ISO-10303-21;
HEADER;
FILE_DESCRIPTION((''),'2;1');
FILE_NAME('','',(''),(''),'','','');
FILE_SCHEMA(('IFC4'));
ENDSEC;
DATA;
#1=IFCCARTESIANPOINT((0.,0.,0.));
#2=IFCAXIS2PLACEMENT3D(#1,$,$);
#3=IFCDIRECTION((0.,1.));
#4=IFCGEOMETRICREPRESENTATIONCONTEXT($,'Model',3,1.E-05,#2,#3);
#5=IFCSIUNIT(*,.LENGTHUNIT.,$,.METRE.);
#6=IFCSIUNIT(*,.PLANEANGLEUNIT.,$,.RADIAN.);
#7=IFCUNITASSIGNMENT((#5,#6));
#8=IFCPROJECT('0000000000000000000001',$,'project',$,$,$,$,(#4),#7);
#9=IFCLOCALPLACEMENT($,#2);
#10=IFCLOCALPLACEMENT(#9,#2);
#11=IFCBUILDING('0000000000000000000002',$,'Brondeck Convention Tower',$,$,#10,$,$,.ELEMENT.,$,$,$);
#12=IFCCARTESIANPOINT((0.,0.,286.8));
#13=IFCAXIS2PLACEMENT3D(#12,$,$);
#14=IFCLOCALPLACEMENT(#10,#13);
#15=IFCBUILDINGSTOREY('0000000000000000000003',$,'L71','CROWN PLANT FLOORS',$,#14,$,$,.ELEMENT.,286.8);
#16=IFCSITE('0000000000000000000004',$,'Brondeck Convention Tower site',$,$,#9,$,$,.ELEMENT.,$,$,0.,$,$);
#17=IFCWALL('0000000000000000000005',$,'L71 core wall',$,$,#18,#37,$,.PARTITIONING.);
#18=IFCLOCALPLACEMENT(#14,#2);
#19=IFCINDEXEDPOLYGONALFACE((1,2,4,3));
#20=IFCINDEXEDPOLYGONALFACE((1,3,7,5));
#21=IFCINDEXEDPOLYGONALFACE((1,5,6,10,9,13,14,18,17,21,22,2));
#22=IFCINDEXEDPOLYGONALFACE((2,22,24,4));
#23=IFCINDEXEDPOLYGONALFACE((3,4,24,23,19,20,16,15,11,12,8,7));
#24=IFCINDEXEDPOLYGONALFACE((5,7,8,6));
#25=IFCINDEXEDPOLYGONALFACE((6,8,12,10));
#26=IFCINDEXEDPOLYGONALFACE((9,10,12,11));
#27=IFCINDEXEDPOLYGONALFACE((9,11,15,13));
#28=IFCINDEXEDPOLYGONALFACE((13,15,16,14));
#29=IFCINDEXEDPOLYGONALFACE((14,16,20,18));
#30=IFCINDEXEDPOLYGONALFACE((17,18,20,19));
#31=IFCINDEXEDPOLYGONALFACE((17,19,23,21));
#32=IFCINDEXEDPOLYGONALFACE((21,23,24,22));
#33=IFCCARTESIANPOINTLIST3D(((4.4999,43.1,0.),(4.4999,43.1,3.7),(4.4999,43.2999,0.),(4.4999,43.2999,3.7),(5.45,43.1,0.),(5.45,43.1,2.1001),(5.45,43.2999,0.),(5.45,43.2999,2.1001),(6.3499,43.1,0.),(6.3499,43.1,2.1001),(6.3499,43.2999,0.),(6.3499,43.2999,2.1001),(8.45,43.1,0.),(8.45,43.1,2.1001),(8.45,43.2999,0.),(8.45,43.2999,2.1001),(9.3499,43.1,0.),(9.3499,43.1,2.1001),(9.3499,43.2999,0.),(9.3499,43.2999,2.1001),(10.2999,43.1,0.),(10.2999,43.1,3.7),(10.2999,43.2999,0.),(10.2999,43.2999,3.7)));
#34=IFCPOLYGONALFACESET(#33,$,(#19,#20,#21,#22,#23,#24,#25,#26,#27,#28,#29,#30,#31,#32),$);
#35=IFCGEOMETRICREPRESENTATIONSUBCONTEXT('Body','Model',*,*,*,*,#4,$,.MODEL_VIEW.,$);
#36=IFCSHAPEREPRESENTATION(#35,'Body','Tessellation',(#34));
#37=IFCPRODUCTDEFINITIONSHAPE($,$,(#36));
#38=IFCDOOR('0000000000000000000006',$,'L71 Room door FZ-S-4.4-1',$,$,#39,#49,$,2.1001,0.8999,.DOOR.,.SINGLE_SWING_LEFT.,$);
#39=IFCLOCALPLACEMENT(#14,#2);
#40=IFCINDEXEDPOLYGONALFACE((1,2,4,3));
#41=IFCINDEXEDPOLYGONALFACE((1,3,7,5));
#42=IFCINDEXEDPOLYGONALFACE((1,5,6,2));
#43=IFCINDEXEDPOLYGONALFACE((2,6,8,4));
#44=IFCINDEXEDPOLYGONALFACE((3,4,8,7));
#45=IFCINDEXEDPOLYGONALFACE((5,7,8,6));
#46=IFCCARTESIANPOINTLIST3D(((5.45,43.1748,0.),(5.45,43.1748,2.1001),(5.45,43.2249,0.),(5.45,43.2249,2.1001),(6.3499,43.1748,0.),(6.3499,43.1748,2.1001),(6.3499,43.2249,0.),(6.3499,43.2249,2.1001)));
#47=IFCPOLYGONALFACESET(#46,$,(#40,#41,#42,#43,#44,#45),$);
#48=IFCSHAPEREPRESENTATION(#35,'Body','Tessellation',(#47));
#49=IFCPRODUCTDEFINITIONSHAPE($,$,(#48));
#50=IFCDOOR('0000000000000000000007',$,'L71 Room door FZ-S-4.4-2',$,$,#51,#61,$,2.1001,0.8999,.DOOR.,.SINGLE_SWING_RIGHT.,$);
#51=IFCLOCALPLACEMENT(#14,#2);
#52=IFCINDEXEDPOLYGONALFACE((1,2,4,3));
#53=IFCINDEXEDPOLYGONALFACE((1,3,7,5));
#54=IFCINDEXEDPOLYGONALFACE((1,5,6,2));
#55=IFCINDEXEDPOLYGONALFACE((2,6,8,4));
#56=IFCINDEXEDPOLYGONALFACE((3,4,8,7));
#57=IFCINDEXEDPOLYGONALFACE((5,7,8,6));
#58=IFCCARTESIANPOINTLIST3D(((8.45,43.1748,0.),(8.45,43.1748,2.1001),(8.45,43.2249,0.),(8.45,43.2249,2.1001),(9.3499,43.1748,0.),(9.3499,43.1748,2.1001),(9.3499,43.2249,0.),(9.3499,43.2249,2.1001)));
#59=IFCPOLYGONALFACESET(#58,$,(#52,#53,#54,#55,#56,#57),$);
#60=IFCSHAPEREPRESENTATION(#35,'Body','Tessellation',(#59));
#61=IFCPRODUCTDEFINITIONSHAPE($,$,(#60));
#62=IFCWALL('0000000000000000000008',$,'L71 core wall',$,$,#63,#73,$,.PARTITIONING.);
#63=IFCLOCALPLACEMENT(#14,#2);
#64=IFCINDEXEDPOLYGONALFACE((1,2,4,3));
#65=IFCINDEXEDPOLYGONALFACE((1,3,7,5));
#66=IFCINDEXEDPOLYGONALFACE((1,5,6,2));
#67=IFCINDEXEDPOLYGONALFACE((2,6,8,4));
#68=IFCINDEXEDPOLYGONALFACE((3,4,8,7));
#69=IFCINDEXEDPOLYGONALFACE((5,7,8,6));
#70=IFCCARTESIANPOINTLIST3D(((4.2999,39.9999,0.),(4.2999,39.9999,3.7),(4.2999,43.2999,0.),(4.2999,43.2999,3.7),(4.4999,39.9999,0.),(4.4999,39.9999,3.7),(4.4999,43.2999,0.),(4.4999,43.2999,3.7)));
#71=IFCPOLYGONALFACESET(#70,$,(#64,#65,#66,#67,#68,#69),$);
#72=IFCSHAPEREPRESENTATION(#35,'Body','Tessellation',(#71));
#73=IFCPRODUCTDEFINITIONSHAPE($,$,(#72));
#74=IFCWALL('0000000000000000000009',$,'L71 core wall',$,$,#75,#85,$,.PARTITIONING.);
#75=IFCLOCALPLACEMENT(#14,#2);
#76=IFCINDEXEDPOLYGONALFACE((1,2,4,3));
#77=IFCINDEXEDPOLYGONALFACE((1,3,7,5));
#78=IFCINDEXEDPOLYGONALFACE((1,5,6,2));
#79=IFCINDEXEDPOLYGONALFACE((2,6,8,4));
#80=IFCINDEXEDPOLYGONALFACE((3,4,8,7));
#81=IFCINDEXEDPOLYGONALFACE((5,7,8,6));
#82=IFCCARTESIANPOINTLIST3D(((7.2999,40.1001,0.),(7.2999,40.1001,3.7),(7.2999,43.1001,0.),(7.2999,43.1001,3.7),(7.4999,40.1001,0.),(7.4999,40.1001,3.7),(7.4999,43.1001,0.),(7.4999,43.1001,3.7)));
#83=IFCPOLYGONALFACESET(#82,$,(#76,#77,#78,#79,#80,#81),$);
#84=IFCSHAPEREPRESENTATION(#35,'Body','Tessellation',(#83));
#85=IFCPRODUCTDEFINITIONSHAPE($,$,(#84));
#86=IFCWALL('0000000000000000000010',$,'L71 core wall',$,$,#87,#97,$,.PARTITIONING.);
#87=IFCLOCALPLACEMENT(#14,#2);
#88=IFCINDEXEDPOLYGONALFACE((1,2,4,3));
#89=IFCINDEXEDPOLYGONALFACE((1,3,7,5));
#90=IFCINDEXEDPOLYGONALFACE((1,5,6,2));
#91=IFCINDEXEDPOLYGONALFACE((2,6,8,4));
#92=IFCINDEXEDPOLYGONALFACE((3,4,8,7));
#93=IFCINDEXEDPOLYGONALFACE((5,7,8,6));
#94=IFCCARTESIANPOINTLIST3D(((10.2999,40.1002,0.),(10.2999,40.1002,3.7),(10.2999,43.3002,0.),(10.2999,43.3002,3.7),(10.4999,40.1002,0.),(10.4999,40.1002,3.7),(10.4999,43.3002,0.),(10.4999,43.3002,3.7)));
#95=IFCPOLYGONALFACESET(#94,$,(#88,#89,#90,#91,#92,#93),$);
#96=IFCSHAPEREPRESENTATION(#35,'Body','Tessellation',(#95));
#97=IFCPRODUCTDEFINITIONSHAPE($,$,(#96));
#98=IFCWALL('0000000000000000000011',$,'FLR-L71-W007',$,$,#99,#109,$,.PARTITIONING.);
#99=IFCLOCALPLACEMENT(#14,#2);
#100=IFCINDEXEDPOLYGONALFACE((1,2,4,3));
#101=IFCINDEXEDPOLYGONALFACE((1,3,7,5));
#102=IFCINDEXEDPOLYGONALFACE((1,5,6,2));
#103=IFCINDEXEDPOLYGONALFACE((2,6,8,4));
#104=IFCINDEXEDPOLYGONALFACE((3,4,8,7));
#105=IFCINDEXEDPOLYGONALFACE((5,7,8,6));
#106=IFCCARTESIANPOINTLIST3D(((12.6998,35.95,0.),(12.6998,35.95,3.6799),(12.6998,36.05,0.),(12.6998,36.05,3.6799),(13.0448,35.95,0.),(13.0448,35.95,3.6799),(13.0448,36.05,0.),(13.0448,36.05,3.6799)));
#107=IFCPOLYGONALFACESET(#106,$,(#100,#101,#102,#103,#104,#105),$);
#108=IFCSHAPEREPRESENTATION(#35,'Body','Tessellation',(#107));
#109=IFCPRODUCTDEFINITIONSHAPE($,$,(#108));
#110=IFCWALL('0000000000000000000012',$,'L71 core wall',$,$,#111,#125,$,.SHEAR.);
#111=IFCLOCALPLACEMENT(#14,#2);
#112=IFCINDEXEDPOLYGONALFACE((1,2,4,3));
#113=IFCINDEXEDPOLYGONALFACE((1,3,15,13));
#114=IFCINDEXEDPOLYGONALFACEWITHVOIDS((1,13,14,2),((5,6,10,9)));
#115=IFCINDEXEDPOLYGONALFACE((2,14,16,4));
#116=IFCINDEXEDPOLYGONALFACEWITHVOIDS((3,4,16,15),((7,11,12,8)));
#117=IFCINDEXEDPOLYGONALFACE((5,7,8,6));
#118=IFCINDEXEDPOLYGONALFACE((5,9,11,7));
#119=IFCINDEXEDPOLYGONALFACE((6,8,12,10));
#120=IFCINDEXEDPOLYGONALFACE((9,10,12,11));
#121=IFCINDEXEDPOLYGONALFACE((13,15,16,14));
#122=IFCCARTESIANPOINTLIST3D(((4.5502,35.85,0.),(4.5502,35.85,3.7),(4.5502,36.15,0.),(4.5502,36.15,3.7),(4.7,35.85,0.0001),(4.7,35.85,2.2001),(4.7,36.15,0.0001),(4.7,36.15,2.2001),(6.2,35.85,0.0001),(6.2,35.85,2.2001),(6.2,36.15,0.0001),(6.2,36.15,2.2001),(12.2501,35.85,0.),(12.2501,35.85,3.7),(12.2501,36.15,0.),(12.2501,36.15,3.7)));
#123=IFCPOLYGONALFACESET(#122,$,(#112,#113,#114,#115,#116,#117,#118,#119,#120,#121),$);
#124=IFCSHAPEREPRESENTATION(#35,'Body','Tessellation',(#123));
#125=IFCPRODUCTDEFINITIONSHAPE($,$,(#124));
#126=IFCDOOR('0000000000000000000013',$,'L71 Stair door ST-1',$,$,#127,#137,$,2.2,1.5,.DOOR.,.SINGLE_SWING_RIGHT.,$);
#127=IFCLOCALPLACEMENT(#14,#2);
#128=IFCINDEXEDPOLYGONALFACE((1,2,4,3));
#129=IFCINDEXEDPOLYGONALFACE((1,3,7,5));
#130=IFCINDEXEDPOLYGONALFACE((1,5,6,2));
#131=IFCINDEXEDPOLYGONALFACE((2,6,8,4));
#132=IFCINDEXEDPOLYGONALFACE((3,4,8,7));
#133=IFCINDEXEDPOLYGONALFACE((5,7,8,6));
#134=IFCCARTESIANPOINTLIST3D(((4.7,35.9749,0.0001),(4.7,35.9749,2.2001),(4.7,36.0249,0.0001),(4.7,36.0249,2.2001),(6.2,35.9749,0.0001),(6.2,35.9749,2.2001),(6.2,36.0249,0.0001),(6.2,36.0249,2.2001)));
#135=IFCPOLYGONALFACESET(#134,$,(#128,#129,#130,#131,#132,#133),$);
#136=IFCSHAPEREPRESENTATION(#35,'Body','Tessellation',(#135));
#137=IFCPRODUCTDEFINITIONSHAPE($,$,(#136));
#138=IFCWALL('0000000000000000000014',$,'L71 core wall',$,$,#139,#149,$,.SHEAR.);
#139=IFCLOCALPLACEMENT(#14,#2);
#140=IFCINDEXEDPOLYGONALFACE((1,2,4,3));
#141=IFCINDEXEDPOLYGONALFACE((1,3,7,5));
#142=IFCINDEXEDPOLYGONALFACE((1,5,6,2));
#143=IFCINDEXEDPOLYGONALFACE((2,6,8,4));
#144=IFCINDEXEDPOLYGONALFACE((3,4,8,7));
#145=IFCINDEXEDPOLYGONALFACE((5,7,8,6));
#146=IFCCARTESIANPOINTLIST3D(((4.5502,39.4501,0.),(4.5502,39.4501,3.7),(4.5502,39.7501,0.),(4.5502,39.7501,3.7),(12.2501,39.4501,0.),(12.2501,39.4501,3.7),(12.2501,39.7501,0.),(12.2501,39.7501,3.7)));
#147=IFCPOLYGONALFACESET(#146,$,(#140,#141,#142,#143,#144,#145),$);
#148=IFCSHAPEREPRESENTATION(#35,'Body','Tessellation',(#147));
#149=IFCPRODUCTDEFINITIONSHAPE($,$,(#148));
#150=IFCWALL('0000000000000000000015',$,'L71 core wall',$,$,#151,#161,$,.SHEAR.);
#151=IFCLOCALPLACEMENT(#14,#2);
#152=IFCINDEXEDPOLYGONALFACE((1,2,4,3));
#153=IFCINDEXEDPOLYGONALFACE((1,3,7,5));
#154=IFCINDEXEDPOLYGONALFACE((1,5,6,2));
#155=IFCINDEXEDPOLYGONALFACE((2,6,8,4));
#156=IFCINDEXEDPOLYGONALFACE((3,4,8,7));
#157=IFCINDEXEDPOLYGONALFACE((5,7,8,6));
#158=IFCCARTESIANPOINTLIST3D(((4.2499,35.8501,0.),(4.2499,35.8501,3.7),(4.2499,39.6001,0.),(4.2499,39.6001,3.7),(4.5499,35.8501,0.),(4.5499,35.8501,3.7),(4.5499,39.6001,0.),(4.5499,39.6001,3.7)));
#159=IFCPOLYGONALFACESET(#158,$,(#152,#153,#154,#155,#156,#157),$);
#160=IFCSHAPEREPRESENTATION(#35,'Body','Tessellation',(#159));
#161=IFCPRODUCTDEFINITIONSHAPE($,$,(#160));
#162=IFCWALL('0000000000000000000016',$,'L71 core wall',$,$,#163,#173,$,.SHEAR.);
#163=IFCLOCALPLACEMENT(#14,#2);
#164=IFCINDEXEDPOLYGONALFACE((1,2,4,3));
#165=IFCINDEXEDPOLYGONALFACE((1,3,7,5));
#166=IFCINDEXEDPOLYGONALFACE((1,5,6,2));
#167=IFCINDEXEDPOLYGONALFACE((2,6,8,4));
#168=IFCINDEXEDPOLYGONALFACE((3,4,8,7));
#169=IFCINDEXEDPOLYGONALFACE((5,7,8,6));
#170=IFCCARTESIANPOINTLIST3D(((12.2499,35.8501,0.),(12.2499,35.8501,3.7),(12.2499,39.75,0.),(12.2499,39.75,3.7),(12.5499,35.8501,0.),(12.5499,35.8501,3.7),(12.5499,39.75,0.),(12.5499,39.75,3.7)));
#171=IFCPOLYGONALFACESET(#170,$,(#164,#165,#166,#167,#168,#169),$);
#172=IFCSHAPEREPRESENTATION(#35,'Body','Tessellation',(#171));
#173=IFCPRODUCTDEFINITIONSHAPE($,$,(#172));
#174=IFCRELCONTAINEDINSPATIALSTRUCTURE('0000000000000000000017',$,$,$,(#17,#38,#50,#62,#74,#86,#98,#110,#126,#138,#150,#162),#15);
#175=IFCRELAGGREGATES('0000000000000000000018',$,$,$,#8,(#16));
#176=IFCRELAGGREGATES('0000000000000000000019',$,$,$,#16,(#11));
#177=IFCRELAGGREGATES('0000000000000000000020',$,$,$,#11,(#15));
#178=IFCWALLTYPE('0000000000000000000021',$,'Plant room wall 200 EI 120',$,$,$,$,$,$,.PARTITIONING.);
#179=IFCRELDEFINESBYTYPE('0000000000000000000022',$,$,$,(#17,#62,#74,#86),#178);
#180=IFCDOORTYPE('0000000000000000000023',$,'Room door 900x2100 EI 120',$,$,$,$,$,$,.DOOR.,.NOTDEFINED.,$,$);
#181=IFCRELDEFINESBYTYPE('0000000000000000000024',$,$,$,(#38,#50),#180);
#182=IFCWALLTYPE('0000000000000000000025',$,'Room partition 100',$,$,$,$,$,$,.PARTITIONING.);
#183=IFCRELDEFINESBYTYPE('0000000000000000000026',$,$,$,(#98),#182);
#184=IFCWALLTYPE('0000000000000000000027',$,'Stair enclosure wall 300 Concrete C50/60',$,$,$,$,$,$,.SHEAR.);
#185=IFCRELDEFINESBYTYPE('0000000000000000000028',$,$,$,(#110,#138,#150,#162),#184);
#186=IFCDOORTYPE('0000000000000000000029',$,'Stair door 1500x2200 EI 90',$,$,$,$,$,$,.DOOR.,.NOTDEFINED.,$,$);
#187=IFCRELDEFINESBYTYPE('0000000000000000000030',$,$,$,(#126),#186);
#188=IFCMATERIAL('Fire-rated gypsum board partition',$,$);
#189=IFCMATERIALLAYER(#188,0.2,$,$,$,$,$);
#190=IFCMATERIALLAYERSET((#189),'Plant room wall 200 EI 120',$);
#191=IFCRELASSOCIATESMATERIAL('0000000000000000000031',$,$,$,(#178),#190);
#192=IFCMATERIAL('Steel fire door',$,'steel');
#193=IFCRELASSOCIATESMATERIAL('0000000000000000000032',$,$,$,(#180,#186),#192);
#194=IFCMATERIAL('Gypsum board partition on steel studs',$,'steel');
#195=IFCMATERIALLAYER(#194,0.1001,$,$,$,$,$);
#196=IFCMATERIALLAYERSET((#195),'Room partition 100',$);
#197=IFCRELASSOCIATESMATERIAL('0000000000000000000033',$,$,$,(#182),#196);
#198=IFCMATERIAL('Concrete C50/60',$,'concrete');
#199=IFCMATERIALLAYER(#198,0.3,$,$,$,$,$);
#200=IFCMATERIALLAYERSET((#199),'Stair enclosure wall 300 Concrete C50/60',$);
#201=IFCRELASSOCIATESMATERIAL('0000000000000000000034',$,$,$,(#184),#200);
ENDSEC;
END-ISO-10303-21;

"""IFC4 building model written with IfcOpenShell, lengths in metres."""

from ifc_helpers import new_model, si_unit, direction, frame, frame_2d, origin, place, context, subcontext, project, spatial, rectangle, extrude, material, layer, layer_set, type_object, element, fill, save


model = new_model("IFC4")

# Units and contexts
model_context = context("Model", 3, precision=1e-05, world=origin(), true_north=direction((0.0, 1.0)))
body_context = subcontext(model_context, "Body", "Model", "MODEL_VIEW")
ifc_project = project(units=[si_unit("LENGTHUNIT", "METRE"), si_unit("PLANEANGLEUNIT", "RADIAN")], contexts=[model_context])

# Site, building, storey
site_placement = place(None, origin())
site = spatial("IfcSite", under=ifc_project, at=site_placement, Name="Brondeck Convention Tower site", CompositionType="ELEMENT", RefElevation=0.0)
building_placement = place(site_placement, origin())
building = spatial("IfcBuilding", under=site, at=building_placement, Name="Brondeck Convention Tower", CompositionType="ELEMENT")
storey_placement = place(building_placement, frame((0.0, 0.0, 286.8)))
storey = spatial("IfcBuildingStorey", under=building, at=storey_placement, Name="L71", Description="CROWN PLANT FLOORS", CompositionType="ELEMENT", Elevation=286.8)

# Shared definitions
ifc_material_1 = material(Name="Concrete C50/60", Category="concrete")

# Shared definitions
ifc_material_2 = material(Name="Fire-rated gypsum board partition")
ifc_layer_1 = layer(ifc_material_2, 0.2)
ifc_layer_set_1 = layer_set([ifc_layer_1], Name="Plant room wall 200 EI 120")
wall_type_1 = type_object("IfcWallType", Name="Plant room wall 200 EI 120", PredefinedType="PARTITIONING", material=ifc_layer_set_1)

# Wall, openings, doors
wall_1_placement = place(storey_placement, frame((4.5, 43.2, 0.0), z_axis=(0.0, 0.0, 1.0), x_axis=(1.0, 0.0, 0.0)))
wall_1 = element("IfcWall", 1, at=wall_1_placement, inside=storey, type_object=wall_type_1, Name="L71 core wall", PredefinedType="PARTITIONING", context=body_context, shape_type="SweptSolid", body=[
    extrude(rectangle(XDim=5.8, YDim=0.2, at=frame_2d((2.8999, 0.0))), origin(), (0.0, 0.0, 1.0), 3.7),
])
opening_1_placement = place(wall_1_placement, frame((0.95, 0.0, 0.0)))
opening_1 = element("IfcOpeningElement", 2, at=opening_1_placement, cuts=wall_1, PredefinedType="OPENING", context=body_context, shape_type="SweptSolid", body=[
    extrude(rectangle(XDim=0.8999, YDim=2.1001, at=frame_2d((0.45, 1.05))), frame((0.0, 0.1099, 0.0), z_axis=(0.0, -1.0, 0.0), x_axis=(1.0, 0.0, 0.0)), (0.0, 0.0, 1.0), 0.22),
])
opening_2_placement = place(wall_1_placement, frame((3.95, 0.0, 0.0)))
opening_2 = element("IfcOpeningElement", 3, at=opening_2_placement, cuts=wall_1, PredefinedType="OPENING", context=body_context, shape_type="SweptSolid", body=[
    extrude(rectangle(XDim=0.8999, YDim=2.1001, at=frame_2d((0.45, 1.05))), frame((0.0, 0.1099, 0.0), z_axis=(0.0, -1.0, 0.0), x_axis=(1.0, 0.0, 0.0)), (0.0, 0.0, 1.0), 0.22),
])
ifc_material_3 = material(Name="Steel fire door", Category="steel")
door_type_1 = type_object("IfcDoorType", Name="Room door 900x2100 EI 120", OperationType="NOTDEFINED", PredefinedType="DOOR", material=ifc_material_3)
door_1_placement = place(opening_1_placement, origin())
door_1 = element("IfcDoor", 4, at=door_1_placement, inside=storey, type_object=door_type_1, Name="L71 Room door FZ-S-4.4-1", OperationType="SINGLE_SWING_LEFT", OverallHeight=2.1001, OverallWidth=0.8999, PredefinedType="DOOR", context=body_context, shape_type="SweptSolid", body=[
    extrude(rectangle(XDim=0.8999, YDim=2.1001, at=frame_2d((0.45, 1.05))), frame((0.0, 0.0249, 0.0), z_axis=(0.0, -1.0, 0.0), x_axis=(1.0, 0.0, 0.0)), (0.0, 0.0, 1.0), 0.05),
])
fill(opening_1, door_1)
door_2_placement = place(opening_2_placement, origin())
door_2 = element("IfcDoor", 5, at=door_2_placement, inside=storey, type_object=door_type_1, Name="L71 Room door FZ-S-4.4-2", OperationType="SINGLE_SWING_RIGHT", OverallHeight=2.1001, OverallWidth=0.8999, PredefinedType="DOOR", context=body_context, shape_type="SweptSolid", body=[
    extrude(rectangle(XDim=0.8999, YDim=2.1001, at=frame_2d((0.45, 1.05))), frame((0.0, 0.0249, 0.0), z_axis=(0.0, -1.0, 0.0), x_axis=(1.0, 0.0, 0.0)), (0.0, 0.0, 1.0), 0.05),
])
fill(opening_2, door_2)

# Walls
wall_2_placement = place(storey_placement, frame((4.3999, 40.0, 0.0), z_axis=(0.0, 0.0, 1.0), x_axis=(0.0, 1.0, 0.0)))
element("IfcWall", 6, at=wall_2_placement, inside=storey, type_object=wall_type_1, Name="L71 core wall", PredefinedType="PARTITIONING", context=body_context, shape_type="SweptSolid", body=[
    extrude(rectangle(XDim=3.3, YDim=0.2, at=frame_2d((1.6499, 0.0))), origin(), (0.0, 0.0, 1.0), 3.7),
])
wall_3_placement = place(storey_placement, frame((7.3999, 40.1001, 0.0), z_axis=(0.0, 0.0, 1.0), x_axis=(0.0, 1.0, 0.0)))
element("IfcWall", 7, at=wall_3_placement, inside=storey, type_object=wall_type_1, Name="L71 core wall", PredefinedType="PARTITIONING", context=body_context, shape_type="SweptSolid", body=[
    extrude(rectangle(XDim=3.0, YDim=0.2, at=frame_2d((1.5, 0.0))), origin(), (0.0, 0.0, 1.0), 3.7),
])
wall_4_placement = place(storey_placement, frame((10.3999, 40.1001, 0.0), z_axis=(0.0, 0.0, 1.0), x_axis=(0.0, 1.0, 0.0)))
element("IfcWall", 8, at=wall_4_placement, inside=storey, type_object=wall_type_1, Name="L71 core wall", PredefinedType="PARTITIONING", context=body_context, shape_type="SweptSolid", body=[
    extrude(rectangle(XDim=3.2, YDim=0.2, at=frame_2d((1.6001, 0.0))), origin(), (0.0, 0.0, 1.0), 3.7),
])
ifc_material_4 = material(Name="Gypsum board partition on steel studs", Category="steel")
ifc_layer_2 = layer(ifc_material_4, 0.1001)
ifc_layer_set_2 = layer_set([ifc_layer_2], Name="Room partition 100")
wall_type_2 = type_object("IfcWallType", Name="Room partition 100", PredefinedType="PARTITIONING", material=ifc_layer_set_2)
wall_5_placement = place(storey_placement, frame((12.7, 36.0, 0.0), z_axis=(0.0, 0.0, 1.0), x_axis=(1.0, 0.0, 0.0)))
element("IfcWall", 9, at=wall_5_placement, inside=storey, type_object=wall_type_2, Name="FLR-L71-W007", PredefinedType="PARTITIONING", context=body_context, shape_type="SweptSolid", body=[
    extrude(rectangle(XDim=0.345, YDim=0.1001, at=frame_2d((0.1724, 0.0))), origin(), (0.0, 0.0, 1.0), 3.6799),
])

# Wall, opening, door
ifc_layer_3 = layer(ifc_material_1, 0.3)
ifc_layer_set_3 = layer_set([ifc_layer_3], Name="Stair enclosure wall 300 Concrete C50/60")
wall_type_3 = type_object("IfcWallType", Name="Stair enclosure wall 300 Concrete C50/60", PredefinedType="SHEAR", material=ifc_layer_set_3)
wall_6_placement = place(storey_placement, frame((4.55, 36.0, 0.0), z_axis=(0.0, 0.0, 1.0), x_axis=(1.0, 0.0, 0.0)))
wall_6 = element("IfcWall", 10, at=wall_6_placement, inside=storey, type_object=wall_type_3, Name="L71 core wall", PredefinedType="SHEAR", context=body_context, shape_type="SweptSolid", body=[
    extrude(rectangle(XDim=7.7, YDim=0.3, at=frame_2d((3.8501, 0.0))), origin(), (0.0, 0.0, 1.0), 3.7),
])
opening_3_placement = place(wall_6_placement, frame((0.1499, 0.0, 0.0)))
opening_3 = element("IfcOpeningElement", 11, at=opening_3_placement, cuts=wall_6, PredefinedType="OPENING", context=body_context, shape_type="SweptSolid", body=[
    extrude(rectangle(XDim=1.5, YDim=2.2, at=frame_2d((0.75, 1.1001))), frame((0.0, 0.1599, 0.0), z_axis=(0.0, -1.0, 0.0), x_axis=(1.0, 0.0, 0.0)), (0.0, 0.0, 1.0), 0.3201),
])
door_type_2 = type_object("IfcDoorType", Name="Stair door 1500x2200 EI 90", OperationType="NOTDEFINED", PredefinedType="DOOR", material=ifc_material_3)
door_3_placement = place(opening_3_placement, origin())
door_3 = element("IfcDoor", 12, at=door_3_placement, inside=storey, type_object=door_type_2, Name="L71 Stair door ST-1", OperationType="SINGLE_SWING_RIGHT", OverallHeight=2.2, OverallWidth=1.5, PredefinedType="DOOR", context=body_context, shape_type="SweptSolid", body=[
    extrude(rectangle(XDim=1.5, YDim=2.2, at=frame_2d((0.75, 1.1001))), frame((0.0, 0.0249, 0.0), z_axis=(0.0, -1.0, 0.0), x_axis=(1.0, 0.0, 0.0)), (0.0, 0.0, 1.0), 0.05),
])
fill(opening_3, door_3)

# Walls
wall_7_placement = place(storey_placement, frame((4.55, 39.6001, 0.0), z_axis=(0.0, 0.0, 1.0), x_axis=(1.0, 0.0, 0.0)))
element("IfcWall", 13, at=wall_7_placement, inside=storey, type_object=wall_type_3, Name="L71 core wall", PredefinedType="SHEAR", context=body_context, shape_type="SweptSolid", body=[
    extrude(rectangle(XDim=7.7, YDim=0.3, at=frame_2d((3.8501, 0.0))), origin(), (0.0, 0.0, 1.0), 3.7),
])
wall_8_placement = place(storey_placement, frame((4.3999, 35.8501, 0.0), z_axis=(0.0, 0.0, 1.0), x_axis=(0.0, 1.0, 0.0)))
element("IfcWall", 14, at=wall_8_placement, inside=storey, type_object=wall_type_3, Name="L71 core wall", PredefinedType="SHEAR", context=body_context, shape_type="SweptSolid", body=[
    extrude(rectangle(XDim=3.75, YDim=0.3, at=frame_2d((1.875, 0.0))), origin(), (0.0, 0.0, 1.0), 3.7),
])
wall_9_placement = place(storey_placement, frame((12.3999, 35.8501, 0.0), z_axis=(0.0, 0.0, 1.0), x_axis=(0.0, 1.0, 0.0)))
element("IfcWall", 15, at=wall_9_placement, inside=storey, type_object=wall_type_3, Name="L71 core wall", PredefinedType="SHEAR", context=body_context, shape_type="SweptSolid", body=[
    extrude(rectangle(XDim=3.8999, YDim=0.3, at=frame_2d((1.95, 0.0))), origin(), (0.0, 0.0, 1.0), 3.7),
])

save(model, "model.ifc")
